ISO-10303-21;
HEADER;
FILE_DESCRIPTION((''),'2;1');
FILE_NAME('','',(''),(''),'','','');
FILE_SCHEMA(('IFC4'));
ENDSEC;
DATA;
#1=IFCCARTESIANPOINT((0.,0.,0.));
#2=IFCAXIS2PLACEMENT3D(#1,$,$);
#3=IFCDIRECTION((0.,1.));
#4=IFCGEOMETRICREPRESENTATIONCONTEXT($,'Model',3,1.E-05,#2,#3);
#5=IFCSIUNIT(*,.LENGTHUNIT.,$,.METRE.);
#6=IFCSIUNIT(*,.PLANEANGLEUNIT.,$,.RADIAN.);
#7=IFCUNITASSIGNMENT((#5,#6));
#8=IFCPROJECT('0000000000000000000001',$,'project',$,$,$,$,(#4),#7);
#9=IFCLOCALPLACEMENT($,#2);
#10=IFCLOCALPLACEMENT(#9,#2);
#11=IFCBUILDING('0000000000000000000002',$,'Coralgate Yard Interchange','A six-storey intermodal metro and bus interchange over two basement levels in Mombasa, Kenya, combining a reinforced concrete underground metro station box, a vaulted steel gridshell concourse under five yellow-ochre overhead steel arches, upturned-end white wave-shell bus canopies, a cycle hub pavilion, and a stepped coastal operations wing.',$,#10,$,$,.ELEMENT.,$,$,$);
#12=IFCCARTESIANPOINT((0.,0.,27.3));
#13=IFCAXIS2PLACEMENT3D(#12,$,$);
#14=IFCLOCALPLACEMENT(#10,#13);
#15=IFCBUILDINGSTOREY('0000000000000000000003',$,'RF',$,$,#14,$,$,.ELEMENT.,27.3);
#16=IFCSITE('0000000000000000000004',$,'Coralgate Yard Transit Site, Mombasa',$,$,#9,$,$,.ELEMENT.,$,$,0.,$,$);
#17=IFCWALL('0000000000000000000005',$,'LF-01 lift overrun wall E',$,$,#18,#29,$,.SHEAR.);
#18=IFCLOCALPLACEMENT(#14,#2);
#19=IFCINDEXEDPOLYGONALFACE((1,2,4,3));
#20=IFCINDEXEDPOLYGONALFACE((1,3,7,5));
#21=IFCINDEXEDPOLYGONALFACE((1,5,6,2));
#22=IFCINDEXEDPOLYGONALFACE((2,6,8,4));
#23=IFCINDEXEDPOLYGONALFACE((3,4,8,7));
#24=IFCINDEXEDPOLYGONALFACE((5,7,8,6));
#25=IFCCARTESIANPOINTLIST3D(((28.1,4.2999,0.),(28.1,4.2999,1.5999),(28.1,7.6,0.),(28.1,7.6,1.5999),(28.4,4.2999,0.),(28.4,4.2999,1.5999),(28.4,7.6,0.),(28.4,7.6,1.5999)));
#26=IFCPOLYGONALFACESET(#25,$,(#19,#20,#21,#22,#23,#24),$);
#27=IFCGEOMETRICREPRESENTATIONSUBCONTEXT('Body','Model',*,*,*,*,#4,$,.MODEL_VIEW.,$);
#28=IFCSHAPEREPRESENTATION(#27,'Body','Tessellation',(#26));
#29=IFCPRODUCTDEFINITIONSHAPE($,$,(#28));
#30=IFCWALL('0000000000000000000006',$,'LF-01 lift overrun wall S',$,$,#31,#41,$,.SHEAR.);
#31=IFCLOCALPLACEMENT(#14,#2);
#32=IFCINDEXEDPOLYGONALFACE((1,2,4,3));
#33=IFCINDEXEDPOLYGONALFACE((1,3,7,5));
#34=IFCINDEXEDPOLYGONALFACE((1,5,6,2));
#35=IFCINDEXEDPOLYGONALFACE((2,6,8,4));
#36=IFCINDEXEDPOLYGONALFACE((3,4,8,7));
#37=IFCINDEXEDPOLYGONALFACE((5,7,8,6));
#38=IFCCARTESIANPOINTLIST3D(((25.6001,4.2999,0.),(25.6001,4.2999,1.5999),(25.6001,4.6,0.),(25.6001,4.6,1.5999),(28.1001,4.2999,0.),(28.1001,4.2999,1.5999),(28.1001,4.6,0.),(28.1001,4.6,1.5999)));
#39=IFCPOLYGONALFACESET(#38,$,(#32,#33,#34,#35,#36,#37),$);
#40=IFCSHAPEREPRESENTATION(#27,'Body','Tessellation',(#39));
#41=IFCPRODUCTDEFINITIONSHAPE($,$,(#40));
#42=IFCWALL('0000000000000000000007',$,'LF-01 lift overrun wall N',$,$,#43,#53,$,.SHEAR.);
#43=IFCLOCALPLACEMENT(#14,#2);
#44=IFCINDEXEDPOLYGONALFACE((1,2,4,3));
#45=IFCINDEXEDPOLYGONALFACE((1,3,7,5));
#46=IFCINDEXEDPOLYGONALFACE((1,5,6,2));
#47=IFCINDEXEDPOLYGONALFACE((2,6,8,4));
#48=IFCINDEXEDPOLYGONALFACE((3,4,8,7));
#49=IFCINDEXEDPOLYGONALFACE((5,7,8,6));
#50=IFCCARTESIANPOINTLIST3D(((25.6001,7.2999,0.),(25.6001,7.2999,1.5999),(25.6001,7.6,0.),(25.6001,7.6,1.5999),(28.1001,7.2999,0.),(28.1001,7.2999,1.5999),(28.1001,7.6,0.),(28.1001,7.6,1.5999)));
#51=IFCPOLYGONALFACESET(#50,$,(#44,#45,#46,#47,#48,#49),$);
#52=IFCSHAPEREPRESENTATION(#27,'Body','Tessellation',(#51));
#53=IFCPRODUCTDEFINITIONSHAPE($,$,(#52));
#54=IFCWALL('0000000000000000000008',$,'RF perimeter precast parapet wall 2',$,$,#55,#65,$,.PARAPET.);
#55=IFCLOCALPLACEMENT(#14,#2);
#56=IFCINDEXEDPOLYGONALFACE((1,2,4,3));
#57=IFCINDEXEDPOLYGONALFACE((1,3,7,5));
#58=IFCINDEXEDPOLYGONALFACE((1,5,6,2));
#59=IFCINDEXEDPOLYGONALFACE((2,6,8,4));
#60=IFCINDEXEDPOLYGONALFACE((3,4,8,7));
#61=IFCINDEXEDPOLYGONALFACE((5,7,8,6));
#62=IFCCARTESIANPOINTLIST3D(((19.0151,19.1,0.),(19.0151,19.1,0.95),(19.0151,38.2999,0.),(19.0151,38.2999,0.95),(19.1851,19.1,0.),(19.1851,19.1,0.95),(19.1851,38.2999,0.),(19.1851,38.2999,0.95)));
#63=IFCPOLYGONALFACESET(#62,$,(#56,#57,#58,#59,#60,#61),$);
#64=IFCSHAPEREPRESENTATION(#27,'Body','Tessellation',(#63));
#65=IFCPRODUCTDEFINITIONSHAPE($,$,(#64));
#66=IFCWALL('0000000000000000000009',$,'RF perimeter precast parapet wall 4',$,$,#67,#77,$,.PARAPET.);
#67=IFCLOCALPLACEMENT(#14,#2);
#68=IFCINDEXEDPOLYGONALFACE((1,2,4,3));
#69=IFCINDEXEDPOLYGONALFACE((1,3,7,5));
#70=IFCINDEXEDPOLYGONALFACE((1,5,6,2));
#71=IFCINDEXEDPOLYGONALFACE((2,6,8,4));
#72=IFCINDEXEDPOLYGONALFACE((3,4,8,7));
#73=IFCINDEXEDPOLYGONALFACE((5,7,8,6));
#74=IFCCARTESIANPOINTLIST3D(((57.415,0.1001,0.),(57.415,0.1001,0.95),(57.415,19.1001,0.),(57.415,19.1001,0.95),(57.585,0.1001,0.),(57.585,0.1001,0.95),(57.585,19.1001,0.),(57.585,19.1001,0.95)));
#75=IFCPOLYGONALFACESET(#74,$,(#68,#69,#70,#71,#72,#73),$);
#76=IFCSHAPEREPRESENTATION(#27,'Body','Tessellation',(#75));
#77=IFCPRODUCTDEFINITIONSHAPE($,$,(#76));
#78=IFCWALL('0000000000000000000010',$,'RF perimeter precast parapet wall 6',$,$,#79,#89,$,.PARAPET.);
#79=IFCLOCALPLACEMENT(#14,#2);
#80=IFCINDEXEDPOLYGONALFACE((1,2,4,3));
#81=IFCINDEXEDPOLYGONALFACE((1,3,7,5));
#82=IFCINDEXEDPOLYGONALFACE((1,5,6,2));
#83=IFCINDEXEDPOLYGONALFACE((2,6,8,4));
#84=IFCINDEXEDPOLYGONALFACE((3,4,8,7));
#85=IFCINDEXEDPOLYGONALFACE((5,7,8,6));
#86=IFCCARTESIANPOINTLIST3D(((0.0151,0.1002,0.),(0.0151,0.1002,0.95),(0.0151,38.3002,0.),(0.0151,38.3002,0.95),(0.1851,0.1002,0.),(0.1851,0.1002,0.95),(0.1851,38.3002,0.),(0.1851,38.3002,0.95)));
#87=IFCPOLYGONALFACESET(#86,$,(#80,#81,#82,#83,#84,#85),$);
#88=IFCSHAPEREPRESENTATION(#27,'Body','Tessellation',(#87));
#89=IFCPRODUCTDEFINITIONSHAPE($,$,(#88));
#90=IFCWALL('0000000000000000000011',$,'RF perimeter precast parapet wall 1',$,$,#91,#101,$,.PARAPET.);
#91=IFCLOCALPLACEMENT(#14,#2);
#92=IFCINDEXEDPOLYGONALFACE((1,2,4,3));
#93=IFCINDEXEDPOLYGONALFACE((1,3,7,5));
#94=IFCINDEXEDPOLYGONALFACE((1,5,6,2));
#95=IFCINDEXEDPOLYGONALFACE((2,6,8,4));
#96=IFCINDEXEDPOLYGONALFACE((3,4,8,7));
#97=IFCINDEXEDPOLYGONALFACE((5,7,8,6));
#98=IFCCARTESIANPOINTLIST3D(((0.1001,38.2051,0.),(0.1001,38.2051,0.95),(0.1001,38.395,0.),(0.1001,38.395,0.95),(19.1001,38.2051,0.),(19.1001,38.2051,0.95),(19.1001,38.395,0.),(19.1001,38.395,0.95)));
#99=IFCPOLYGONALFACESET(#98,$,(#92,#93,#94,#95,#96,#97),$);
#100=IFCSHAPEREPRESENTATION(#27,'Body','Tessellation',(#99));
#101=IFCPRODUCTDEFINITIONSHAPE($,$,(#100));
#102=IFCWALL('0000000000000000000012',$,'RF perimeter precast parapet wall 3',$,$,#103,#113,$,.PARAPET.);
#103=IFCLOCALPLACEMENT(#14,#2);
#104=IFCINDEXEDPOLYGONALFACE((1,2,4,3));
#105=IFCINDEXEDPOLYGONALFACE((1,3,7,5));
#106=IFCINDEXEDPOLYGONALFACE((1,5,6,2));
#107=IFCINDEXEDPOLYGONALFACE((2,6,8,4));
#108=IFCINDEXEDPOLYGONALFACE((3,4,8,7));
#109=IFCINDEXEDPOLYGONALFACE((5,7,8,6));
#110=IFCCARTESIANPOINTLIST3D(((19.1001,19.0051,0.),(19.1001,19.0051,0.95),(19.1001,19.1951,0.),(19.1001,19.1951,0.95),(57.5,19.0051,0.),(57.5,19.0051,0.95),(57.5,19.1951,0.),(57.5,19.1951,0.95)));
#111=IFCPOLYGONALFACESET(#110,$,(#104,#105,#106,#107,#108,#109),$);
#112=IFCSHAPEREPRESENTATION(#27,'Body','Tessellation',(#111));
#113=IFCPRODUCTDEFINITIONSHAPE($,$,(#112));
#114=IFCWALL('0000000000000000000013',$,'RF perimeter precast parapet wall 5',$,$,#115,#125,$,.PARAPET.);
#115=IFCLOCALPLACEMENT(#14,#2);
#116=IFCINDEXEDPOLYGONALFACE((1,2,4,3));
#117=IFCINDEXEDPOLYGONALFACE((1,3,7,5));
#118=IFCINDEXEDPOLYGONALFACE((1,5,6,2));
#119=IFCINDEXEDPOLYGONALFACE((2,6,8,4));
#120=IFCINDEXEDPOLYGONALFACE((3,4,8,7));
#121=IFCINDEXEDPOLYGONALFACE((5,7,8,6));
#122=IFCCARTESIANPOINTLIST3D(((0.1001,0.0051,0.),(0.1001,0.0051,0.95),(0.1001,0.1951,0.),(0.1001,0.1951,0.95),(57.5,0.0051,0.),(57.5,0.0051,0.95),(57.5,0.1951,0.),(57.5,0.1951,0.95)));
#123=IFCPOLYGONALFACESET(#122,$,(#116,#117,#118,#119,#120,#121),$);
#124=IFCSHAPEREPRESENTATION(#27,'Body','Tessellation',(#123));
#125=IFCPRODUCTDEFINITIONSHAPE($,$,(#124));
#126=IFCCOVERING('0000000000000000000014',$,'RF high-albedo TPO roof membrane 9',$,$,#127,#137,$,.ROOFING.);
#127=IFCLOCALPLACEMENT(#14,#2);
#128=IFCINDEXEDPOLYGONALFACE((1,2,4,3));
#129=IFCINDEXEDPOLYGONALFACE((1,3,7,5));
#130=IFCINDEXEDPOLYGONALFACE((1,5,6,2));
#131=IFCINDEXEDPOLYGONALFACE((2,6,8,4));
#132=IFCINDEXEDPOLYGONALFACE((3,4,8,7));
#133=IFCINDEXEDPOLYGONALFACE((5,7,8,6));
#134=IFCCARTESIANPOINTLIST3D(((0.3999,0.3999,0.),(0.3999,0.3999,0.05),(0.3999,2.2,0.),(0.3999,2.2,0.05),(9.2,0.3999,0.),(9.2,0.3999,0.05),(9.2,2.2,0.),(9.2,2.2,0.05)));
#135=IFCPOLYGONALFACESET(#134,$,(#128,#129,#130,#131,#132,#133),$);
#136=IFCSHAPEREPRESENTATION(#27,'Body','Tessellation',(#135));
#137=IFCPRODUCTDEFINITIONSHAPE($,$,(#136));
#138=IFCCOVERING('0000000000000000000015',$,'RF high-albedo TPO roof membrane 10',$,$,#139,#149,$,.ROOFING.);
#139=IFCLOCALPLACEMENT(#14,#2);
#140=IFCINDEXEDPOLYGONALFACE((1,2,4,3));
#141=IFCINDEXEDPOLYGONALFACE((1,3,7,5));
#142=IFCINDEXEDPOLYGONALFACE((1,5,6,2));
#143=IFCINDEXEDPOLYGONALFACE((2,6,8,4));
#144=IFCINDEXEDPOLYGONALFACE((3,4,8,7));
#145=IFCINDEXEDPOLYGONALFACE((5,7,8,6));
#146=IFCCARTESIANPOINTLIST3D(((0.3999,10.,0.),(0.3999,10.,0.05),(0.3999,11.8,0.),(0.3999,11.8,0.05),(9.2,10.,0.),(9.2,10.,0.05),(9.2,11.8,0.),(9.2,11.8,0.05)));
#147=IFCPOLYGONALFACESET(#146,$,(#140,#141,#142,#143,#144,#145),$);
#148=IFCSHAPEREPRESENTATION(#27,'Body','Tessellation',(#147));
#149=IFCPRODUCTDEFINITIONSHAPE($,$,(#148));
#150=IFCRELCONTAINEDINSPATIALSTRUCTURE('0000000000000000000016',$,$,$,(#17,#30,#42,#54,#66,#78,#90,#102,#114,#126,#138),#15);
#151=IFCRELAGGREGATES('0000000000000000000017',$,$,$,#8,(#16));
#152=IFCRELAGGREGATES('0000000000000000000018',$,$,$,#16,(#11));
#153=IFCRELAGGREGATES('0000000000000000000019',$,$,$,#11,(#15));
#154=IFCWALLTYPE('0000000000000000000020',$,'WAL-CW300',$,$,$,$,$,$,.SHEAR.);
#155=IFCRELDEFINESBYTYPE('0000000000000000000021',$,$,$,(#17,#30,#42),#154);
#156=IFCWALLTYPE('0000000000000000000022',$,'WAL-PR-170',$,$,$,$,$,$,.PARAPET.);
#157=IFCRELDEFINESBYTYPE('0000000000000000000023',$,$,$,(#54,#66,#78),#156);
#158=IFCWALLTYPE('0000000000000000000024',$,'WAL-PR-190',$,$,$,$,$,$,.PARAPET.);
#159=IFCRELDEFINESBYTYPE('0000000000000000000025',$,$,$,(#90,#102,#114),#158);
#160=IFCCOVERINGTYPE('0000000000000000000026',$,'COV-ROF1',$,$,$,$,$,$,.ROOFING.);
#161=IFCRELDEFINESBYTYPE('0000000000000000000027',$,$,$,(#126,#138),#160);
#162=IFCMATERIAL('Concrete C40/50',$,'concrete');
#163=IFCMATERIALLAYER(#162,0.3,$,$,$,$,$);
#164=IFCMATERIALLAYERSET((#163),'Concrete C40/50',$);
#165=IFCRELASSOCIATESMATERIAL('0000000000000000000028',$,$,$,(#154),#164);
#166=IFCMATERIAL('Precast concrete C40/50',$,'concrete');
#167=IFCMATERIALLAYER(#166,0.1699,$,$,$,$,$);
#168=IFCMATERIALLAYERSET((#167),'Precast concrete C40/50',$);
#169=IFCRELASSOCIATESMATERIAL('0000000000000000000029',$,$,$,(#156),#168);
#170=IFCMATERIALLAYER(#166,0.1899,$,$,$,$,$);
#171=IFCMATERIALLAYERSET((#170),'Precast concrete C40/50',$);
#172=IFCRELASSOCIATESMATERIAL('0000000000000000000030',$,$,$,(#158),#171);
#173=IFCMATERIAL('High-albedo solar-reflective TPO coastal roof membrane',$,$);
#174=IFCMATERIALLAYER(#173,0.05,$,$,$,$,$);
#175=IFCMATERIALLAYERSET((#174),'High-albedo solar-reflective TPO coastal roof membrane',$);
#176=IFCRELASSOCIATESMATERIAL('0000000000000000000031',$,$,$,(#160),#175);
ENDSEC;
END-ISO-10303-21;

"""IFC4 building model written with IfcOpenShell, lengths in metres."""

from ifc_helpers import new_model, si_unit, direction, frame, frame_2d, origin, place, context, subcontext, project, spatial, polyline, rectangle, outline, extrude, material, layer, layer_set, type_object, element, save


model = new_model("IFC4")

# Units and contexts
model_context = context("Model", 3, precision=1e-05, world=origin(), true_north=direction((0.0, 1.0)))
body_context = subcontext(model_context, "Body", "Model", "MODEL_VIEW")
ifc_project = project(units=[si_unit("LENGTHUNIT", "METRE"), si_unit("PLANEANGLEUNIT", "RADIAN")], contexts=[model_context])

# Site, building, storey
site_placement = place(None, origin())
site = spatial("IfcSite", under=ifc_project, at=site_placement, Name="Coralgate Yard Transit Site, Mombasa", CompositionType="ELEMENT", RefElevation=0.0)
building_placement = place(site_placement, origin())
building = spatial("IfcBuilding", under=site, at=building_placement, Name="Coralgate Yard Interchange", Description="A six-storey intermodal metro and bus interchange over two basement levels in Mombasa, Kenya, combining a reinforced concrete underground metro station box, a vaulted steel gridshell concourse under five yellow-ochre overhead steel arches, upturned-end white wave-shell bus canopies, a cycle hub pavilion, and a stepped coastal operations wing.", CompositionType="ELEMENT")
storey_placement = place(building_placement, frame((0.0, 0.0, 27.3)))
storey = spatial("IfcBuildingStorey", under=building, at=storey_placement, Name="RF", CompositionType="ELEMENT", Elevation=27.3)

# Shared definitions
ifc_material_1 = material(Name="Concrete C40/50", Category="concrete")

# Walls
ifc_layer_1 = layer(ifc_material_1, 0.3)
ifc_layer_set_1 = layer_set([ifc_layer_1], Name="Concrete C40/50")
wall_type_1 = type_object("IfcWallType", Name="WAL-CW300", PredefinedType="SHEAR", material=ifc_layer_set_1)
for number, where, z_axis, x_axis, name in (
    (1, (28.25, 4.3, 0.0), (0.0, 0.0, 1.0), (0.0, 1.0, 0.0), "LF-01 lift overrun wall E"),
):
    element("IfcWall", number, at=place(storey_placement, frame(where, z_axis=z_axis, x_axis=x_axis)), inside=storey, type_object=wall_type_1, Name=name, PredefinedType="SHEAR", context=body_context, shape_type="SweptSolid", body=[
        extrude(rectangle(XDim=3.3, YDim=0.3, at=frame_2d((1.6499, 0.0))), origin(), (0.0, 0.0, 1.0), 1.5999),
    ])
for number, where, z_axis, x_axis, name in (
    (2, (25.6001, 4.45, 0.0), (0.0, 0.0, 1.0), (1.0, 0.0, 0.0), "LF-01 lift overrun wall S"),
    (3, (25.6001, 7.45, 0.0), (0.0, 0.0, 1.0), (1.0, 0.0, 0.0), "LF-01 lift overrun wall N"),
):
    element("IfcWall", number, at=place(storey_placement, frame(where, z_axis=z_axis, x_axis=x_axis)), inside=storey, type_object=wall_type_1, Name=name, PredefinedType="SHEAR", context=body_context, shape_type="SweptSolid", body=[
        extrude(rectangle(XDim=2.5, YDim=0.3, at=frame_2d((1.25, 0.0))), origin(), (0.0, 0.0, 1.0), 1.5999),
    ])
ifc_material_2 = material(Name="Precast concrete C40/50", Category="concrete")
ifc_layer_2 = layer(ifc_material_2, 0.1699)
ifc_layer_set_2 = layer_set([ifc_layer_2], Name="Precast concrete C40/50")
wall_type_2 = type_object("IfcWallType", Name="WAL-PR-170", PredefinedType="PARAPET", material=ifc_layer_set_2)
wall_1_placement = place(storey_placement, frame((19.1001, 38.3, 0.0), z_axis=(0.0, 0.0, 1.0), x_axis=(0.0, -1.0, 0.0)))
element("IfcWall", 4, at=wall_1_placement, inside=storey, type_object=wall_type_2, Name="RF perimeter precast parapet wall 2", PredefinedType="PARAPET", context=body_context, shape_type="SweptSolid", body=[
    extrude(rectangle(XDim=19.2, YDim=0.1699, at=frame_2d((9.6001, 0.0))), origin(), (0.0, 0.0, 1.0), 0.95),
])
wall_2_placement = place(storey_placement, frame((57.5, 19.1001, 0.0), z_axis=(0.0, 0.0, 1.0), x_axis=(0.0, -1.0, 0.0)))
element("IfcWall", 5, at=wall_2_placement, inside=storey, type_object=wall_type_2, Name="RF perimeter precast parapet wall 4", PredefinedType="PARAPET", context=body_context, shape_type="SweptSolid", body=[
    extrude(rectangle(XDim=19.0, YDim=0.1699, at=frame_2d((9.5, 0.0))), origin(), (0.0, 0.0, 1.0), 0.95),
])
wall_3_placement = place(storey_placement, frame((0.1001, 0.1001, 0.0), z_axis=(0.0, 0.0, 1.0), x_axis=(0.0, 1.0, 0.0)))
element("IfcWall", 6, at=wall_3_placement, inside=storey, type_object=wall_type_2, Name="RF perimeter precast parapet wall 6", PredefinedType="PARAPET", context=body_context, shape_type="SweptSolid", body=[
    extrude(rectangle(XDim=38.2, YDim=0.1699, at=frame_2d((19.1001, 0.0))), origin(), (0.0, 0.0, 1.0), 0.95),
])
ifc_layer_3 = layer(ifc_material_2, 0.1899)
ifc_layer_set_3 = layer_set([ifc_layer_3], Name="Precast concrete C40/50")
wall_type_3 = type_object("IfcWallType", Name="WAL-PR-190", PredefinedType="PARAPET", material=ifc_layer_set_3)
wall_4_placement = place(storey_placement, frame((0.1001, 38.3, 0.0), z_axis=(0.0, 0.0, 1.0), x_axis=(1.0, 0.0, 0.0)))
element("IfcWall", 7, at=wall_4_placement, inside=storey, type_object=wall_type_3, Name="RF perimeter precast parapet wall 1", PredefinedType="PARAPET", context=body_context, shape_type="SweptSolid", body=[
    extrude(rectangle(XDim=19.0, YDim=0.1899, at=frame_2d((9.5, 0.0))), origin(), (0.0, 0.0, 1.0), 0.95),
])
wall_5_placement = place(storey_placement, frame((19.1001, 19.1001, 0.0), z_axis=(0.0, 0.0, 1.0), x_axis=(1.0, 0.0, 0.0)))
element("IfcWall", 8, at=wall_5_placement, inside=storey, type_object=wall_type_3, Name="RF perimeter precast parapet wall 3", PredefinedType="PARAPET", context=body_context, shape_type="SweptSolid", body=[
    extrude(rectangle(XDim=38.3999, YDim=0.1899, at=frame_2d((19.2, 0.0))), origin(), (0.0, 0.0, 1.0), 0.95),
])
wall_6_placement = place(storey_placement, frame((57.5, 0.1001, 0.0), z_axis=(0.0, 0.0, 1.0), x_axis=(-1.0, 0.0, 0.0)))
element("IfcWall", 9, at=wall_6_placement, inside=storey, type_object=wall_type_3, Name="RF perimeter precast parapet wall 5", PredefinedType="PARAPET", context=body_context, shape_type="SweptSolid", body=[
    extrude(rectangle(XDim=57.3999, YDim=0.1899, at=frame_2d((28.7, 0.0))), origin(), (0.0, 0.0, 1.0), 0.95),
])

# Coverings
ifc_material_3 = material(Name="High-albedo solar-reflective TPO coastal roof membrane")
ifc_layer_4 = layer(ifc_material_3, 0.05)
ifc_layer_set_4 = layer_set([ifc_layer_4], Name="High-albedo solar-reflective TPO coastal roof membrane")
covering_type = type_object("IfcCoveringType", Name="COV-ROF1", PredefinedType="ROOFING", material=ifc_layer_set_4)
covering_1_placement = place(storey_placement, origin())
element("IfcCovering", 10, at=covering_1_placement, inside=storey, type_object=covering_type, Name="RF high-albedo TPO roof membrane 9", PredefinedType="ROOFING", context=body_context, shape_type="SweptSolid", body=[
    extrude(outline(polyline([(0.3999, 0.3999), (9.2, 0.3999), (9.2, 2.2), (0.3999, 2.2), (0.3999, 0.3999)])), origin(), (0.0, 0.0, 1.0), 0.05),
])
covering_2_placement = place(storey_placement, origin())
element("IfcCovering", 11, at=covering_2_placement, inside=storey, type_object=covering_type, Name="RF high-albedo TPO roof membrane 10", PredefinedType="ROOFING", context=body_context, shape_type="SweptSolid", body=[
    extrude(outline(polyline([(0.3999, 10.0), (9.2, 10.0), (9.2, 11.8), (0.3999, 11.8), (0.3999, 10.0)])), origin(), (0.0, 0.0, 1.0), 0.05),
])

save(model, "model.ifc")
